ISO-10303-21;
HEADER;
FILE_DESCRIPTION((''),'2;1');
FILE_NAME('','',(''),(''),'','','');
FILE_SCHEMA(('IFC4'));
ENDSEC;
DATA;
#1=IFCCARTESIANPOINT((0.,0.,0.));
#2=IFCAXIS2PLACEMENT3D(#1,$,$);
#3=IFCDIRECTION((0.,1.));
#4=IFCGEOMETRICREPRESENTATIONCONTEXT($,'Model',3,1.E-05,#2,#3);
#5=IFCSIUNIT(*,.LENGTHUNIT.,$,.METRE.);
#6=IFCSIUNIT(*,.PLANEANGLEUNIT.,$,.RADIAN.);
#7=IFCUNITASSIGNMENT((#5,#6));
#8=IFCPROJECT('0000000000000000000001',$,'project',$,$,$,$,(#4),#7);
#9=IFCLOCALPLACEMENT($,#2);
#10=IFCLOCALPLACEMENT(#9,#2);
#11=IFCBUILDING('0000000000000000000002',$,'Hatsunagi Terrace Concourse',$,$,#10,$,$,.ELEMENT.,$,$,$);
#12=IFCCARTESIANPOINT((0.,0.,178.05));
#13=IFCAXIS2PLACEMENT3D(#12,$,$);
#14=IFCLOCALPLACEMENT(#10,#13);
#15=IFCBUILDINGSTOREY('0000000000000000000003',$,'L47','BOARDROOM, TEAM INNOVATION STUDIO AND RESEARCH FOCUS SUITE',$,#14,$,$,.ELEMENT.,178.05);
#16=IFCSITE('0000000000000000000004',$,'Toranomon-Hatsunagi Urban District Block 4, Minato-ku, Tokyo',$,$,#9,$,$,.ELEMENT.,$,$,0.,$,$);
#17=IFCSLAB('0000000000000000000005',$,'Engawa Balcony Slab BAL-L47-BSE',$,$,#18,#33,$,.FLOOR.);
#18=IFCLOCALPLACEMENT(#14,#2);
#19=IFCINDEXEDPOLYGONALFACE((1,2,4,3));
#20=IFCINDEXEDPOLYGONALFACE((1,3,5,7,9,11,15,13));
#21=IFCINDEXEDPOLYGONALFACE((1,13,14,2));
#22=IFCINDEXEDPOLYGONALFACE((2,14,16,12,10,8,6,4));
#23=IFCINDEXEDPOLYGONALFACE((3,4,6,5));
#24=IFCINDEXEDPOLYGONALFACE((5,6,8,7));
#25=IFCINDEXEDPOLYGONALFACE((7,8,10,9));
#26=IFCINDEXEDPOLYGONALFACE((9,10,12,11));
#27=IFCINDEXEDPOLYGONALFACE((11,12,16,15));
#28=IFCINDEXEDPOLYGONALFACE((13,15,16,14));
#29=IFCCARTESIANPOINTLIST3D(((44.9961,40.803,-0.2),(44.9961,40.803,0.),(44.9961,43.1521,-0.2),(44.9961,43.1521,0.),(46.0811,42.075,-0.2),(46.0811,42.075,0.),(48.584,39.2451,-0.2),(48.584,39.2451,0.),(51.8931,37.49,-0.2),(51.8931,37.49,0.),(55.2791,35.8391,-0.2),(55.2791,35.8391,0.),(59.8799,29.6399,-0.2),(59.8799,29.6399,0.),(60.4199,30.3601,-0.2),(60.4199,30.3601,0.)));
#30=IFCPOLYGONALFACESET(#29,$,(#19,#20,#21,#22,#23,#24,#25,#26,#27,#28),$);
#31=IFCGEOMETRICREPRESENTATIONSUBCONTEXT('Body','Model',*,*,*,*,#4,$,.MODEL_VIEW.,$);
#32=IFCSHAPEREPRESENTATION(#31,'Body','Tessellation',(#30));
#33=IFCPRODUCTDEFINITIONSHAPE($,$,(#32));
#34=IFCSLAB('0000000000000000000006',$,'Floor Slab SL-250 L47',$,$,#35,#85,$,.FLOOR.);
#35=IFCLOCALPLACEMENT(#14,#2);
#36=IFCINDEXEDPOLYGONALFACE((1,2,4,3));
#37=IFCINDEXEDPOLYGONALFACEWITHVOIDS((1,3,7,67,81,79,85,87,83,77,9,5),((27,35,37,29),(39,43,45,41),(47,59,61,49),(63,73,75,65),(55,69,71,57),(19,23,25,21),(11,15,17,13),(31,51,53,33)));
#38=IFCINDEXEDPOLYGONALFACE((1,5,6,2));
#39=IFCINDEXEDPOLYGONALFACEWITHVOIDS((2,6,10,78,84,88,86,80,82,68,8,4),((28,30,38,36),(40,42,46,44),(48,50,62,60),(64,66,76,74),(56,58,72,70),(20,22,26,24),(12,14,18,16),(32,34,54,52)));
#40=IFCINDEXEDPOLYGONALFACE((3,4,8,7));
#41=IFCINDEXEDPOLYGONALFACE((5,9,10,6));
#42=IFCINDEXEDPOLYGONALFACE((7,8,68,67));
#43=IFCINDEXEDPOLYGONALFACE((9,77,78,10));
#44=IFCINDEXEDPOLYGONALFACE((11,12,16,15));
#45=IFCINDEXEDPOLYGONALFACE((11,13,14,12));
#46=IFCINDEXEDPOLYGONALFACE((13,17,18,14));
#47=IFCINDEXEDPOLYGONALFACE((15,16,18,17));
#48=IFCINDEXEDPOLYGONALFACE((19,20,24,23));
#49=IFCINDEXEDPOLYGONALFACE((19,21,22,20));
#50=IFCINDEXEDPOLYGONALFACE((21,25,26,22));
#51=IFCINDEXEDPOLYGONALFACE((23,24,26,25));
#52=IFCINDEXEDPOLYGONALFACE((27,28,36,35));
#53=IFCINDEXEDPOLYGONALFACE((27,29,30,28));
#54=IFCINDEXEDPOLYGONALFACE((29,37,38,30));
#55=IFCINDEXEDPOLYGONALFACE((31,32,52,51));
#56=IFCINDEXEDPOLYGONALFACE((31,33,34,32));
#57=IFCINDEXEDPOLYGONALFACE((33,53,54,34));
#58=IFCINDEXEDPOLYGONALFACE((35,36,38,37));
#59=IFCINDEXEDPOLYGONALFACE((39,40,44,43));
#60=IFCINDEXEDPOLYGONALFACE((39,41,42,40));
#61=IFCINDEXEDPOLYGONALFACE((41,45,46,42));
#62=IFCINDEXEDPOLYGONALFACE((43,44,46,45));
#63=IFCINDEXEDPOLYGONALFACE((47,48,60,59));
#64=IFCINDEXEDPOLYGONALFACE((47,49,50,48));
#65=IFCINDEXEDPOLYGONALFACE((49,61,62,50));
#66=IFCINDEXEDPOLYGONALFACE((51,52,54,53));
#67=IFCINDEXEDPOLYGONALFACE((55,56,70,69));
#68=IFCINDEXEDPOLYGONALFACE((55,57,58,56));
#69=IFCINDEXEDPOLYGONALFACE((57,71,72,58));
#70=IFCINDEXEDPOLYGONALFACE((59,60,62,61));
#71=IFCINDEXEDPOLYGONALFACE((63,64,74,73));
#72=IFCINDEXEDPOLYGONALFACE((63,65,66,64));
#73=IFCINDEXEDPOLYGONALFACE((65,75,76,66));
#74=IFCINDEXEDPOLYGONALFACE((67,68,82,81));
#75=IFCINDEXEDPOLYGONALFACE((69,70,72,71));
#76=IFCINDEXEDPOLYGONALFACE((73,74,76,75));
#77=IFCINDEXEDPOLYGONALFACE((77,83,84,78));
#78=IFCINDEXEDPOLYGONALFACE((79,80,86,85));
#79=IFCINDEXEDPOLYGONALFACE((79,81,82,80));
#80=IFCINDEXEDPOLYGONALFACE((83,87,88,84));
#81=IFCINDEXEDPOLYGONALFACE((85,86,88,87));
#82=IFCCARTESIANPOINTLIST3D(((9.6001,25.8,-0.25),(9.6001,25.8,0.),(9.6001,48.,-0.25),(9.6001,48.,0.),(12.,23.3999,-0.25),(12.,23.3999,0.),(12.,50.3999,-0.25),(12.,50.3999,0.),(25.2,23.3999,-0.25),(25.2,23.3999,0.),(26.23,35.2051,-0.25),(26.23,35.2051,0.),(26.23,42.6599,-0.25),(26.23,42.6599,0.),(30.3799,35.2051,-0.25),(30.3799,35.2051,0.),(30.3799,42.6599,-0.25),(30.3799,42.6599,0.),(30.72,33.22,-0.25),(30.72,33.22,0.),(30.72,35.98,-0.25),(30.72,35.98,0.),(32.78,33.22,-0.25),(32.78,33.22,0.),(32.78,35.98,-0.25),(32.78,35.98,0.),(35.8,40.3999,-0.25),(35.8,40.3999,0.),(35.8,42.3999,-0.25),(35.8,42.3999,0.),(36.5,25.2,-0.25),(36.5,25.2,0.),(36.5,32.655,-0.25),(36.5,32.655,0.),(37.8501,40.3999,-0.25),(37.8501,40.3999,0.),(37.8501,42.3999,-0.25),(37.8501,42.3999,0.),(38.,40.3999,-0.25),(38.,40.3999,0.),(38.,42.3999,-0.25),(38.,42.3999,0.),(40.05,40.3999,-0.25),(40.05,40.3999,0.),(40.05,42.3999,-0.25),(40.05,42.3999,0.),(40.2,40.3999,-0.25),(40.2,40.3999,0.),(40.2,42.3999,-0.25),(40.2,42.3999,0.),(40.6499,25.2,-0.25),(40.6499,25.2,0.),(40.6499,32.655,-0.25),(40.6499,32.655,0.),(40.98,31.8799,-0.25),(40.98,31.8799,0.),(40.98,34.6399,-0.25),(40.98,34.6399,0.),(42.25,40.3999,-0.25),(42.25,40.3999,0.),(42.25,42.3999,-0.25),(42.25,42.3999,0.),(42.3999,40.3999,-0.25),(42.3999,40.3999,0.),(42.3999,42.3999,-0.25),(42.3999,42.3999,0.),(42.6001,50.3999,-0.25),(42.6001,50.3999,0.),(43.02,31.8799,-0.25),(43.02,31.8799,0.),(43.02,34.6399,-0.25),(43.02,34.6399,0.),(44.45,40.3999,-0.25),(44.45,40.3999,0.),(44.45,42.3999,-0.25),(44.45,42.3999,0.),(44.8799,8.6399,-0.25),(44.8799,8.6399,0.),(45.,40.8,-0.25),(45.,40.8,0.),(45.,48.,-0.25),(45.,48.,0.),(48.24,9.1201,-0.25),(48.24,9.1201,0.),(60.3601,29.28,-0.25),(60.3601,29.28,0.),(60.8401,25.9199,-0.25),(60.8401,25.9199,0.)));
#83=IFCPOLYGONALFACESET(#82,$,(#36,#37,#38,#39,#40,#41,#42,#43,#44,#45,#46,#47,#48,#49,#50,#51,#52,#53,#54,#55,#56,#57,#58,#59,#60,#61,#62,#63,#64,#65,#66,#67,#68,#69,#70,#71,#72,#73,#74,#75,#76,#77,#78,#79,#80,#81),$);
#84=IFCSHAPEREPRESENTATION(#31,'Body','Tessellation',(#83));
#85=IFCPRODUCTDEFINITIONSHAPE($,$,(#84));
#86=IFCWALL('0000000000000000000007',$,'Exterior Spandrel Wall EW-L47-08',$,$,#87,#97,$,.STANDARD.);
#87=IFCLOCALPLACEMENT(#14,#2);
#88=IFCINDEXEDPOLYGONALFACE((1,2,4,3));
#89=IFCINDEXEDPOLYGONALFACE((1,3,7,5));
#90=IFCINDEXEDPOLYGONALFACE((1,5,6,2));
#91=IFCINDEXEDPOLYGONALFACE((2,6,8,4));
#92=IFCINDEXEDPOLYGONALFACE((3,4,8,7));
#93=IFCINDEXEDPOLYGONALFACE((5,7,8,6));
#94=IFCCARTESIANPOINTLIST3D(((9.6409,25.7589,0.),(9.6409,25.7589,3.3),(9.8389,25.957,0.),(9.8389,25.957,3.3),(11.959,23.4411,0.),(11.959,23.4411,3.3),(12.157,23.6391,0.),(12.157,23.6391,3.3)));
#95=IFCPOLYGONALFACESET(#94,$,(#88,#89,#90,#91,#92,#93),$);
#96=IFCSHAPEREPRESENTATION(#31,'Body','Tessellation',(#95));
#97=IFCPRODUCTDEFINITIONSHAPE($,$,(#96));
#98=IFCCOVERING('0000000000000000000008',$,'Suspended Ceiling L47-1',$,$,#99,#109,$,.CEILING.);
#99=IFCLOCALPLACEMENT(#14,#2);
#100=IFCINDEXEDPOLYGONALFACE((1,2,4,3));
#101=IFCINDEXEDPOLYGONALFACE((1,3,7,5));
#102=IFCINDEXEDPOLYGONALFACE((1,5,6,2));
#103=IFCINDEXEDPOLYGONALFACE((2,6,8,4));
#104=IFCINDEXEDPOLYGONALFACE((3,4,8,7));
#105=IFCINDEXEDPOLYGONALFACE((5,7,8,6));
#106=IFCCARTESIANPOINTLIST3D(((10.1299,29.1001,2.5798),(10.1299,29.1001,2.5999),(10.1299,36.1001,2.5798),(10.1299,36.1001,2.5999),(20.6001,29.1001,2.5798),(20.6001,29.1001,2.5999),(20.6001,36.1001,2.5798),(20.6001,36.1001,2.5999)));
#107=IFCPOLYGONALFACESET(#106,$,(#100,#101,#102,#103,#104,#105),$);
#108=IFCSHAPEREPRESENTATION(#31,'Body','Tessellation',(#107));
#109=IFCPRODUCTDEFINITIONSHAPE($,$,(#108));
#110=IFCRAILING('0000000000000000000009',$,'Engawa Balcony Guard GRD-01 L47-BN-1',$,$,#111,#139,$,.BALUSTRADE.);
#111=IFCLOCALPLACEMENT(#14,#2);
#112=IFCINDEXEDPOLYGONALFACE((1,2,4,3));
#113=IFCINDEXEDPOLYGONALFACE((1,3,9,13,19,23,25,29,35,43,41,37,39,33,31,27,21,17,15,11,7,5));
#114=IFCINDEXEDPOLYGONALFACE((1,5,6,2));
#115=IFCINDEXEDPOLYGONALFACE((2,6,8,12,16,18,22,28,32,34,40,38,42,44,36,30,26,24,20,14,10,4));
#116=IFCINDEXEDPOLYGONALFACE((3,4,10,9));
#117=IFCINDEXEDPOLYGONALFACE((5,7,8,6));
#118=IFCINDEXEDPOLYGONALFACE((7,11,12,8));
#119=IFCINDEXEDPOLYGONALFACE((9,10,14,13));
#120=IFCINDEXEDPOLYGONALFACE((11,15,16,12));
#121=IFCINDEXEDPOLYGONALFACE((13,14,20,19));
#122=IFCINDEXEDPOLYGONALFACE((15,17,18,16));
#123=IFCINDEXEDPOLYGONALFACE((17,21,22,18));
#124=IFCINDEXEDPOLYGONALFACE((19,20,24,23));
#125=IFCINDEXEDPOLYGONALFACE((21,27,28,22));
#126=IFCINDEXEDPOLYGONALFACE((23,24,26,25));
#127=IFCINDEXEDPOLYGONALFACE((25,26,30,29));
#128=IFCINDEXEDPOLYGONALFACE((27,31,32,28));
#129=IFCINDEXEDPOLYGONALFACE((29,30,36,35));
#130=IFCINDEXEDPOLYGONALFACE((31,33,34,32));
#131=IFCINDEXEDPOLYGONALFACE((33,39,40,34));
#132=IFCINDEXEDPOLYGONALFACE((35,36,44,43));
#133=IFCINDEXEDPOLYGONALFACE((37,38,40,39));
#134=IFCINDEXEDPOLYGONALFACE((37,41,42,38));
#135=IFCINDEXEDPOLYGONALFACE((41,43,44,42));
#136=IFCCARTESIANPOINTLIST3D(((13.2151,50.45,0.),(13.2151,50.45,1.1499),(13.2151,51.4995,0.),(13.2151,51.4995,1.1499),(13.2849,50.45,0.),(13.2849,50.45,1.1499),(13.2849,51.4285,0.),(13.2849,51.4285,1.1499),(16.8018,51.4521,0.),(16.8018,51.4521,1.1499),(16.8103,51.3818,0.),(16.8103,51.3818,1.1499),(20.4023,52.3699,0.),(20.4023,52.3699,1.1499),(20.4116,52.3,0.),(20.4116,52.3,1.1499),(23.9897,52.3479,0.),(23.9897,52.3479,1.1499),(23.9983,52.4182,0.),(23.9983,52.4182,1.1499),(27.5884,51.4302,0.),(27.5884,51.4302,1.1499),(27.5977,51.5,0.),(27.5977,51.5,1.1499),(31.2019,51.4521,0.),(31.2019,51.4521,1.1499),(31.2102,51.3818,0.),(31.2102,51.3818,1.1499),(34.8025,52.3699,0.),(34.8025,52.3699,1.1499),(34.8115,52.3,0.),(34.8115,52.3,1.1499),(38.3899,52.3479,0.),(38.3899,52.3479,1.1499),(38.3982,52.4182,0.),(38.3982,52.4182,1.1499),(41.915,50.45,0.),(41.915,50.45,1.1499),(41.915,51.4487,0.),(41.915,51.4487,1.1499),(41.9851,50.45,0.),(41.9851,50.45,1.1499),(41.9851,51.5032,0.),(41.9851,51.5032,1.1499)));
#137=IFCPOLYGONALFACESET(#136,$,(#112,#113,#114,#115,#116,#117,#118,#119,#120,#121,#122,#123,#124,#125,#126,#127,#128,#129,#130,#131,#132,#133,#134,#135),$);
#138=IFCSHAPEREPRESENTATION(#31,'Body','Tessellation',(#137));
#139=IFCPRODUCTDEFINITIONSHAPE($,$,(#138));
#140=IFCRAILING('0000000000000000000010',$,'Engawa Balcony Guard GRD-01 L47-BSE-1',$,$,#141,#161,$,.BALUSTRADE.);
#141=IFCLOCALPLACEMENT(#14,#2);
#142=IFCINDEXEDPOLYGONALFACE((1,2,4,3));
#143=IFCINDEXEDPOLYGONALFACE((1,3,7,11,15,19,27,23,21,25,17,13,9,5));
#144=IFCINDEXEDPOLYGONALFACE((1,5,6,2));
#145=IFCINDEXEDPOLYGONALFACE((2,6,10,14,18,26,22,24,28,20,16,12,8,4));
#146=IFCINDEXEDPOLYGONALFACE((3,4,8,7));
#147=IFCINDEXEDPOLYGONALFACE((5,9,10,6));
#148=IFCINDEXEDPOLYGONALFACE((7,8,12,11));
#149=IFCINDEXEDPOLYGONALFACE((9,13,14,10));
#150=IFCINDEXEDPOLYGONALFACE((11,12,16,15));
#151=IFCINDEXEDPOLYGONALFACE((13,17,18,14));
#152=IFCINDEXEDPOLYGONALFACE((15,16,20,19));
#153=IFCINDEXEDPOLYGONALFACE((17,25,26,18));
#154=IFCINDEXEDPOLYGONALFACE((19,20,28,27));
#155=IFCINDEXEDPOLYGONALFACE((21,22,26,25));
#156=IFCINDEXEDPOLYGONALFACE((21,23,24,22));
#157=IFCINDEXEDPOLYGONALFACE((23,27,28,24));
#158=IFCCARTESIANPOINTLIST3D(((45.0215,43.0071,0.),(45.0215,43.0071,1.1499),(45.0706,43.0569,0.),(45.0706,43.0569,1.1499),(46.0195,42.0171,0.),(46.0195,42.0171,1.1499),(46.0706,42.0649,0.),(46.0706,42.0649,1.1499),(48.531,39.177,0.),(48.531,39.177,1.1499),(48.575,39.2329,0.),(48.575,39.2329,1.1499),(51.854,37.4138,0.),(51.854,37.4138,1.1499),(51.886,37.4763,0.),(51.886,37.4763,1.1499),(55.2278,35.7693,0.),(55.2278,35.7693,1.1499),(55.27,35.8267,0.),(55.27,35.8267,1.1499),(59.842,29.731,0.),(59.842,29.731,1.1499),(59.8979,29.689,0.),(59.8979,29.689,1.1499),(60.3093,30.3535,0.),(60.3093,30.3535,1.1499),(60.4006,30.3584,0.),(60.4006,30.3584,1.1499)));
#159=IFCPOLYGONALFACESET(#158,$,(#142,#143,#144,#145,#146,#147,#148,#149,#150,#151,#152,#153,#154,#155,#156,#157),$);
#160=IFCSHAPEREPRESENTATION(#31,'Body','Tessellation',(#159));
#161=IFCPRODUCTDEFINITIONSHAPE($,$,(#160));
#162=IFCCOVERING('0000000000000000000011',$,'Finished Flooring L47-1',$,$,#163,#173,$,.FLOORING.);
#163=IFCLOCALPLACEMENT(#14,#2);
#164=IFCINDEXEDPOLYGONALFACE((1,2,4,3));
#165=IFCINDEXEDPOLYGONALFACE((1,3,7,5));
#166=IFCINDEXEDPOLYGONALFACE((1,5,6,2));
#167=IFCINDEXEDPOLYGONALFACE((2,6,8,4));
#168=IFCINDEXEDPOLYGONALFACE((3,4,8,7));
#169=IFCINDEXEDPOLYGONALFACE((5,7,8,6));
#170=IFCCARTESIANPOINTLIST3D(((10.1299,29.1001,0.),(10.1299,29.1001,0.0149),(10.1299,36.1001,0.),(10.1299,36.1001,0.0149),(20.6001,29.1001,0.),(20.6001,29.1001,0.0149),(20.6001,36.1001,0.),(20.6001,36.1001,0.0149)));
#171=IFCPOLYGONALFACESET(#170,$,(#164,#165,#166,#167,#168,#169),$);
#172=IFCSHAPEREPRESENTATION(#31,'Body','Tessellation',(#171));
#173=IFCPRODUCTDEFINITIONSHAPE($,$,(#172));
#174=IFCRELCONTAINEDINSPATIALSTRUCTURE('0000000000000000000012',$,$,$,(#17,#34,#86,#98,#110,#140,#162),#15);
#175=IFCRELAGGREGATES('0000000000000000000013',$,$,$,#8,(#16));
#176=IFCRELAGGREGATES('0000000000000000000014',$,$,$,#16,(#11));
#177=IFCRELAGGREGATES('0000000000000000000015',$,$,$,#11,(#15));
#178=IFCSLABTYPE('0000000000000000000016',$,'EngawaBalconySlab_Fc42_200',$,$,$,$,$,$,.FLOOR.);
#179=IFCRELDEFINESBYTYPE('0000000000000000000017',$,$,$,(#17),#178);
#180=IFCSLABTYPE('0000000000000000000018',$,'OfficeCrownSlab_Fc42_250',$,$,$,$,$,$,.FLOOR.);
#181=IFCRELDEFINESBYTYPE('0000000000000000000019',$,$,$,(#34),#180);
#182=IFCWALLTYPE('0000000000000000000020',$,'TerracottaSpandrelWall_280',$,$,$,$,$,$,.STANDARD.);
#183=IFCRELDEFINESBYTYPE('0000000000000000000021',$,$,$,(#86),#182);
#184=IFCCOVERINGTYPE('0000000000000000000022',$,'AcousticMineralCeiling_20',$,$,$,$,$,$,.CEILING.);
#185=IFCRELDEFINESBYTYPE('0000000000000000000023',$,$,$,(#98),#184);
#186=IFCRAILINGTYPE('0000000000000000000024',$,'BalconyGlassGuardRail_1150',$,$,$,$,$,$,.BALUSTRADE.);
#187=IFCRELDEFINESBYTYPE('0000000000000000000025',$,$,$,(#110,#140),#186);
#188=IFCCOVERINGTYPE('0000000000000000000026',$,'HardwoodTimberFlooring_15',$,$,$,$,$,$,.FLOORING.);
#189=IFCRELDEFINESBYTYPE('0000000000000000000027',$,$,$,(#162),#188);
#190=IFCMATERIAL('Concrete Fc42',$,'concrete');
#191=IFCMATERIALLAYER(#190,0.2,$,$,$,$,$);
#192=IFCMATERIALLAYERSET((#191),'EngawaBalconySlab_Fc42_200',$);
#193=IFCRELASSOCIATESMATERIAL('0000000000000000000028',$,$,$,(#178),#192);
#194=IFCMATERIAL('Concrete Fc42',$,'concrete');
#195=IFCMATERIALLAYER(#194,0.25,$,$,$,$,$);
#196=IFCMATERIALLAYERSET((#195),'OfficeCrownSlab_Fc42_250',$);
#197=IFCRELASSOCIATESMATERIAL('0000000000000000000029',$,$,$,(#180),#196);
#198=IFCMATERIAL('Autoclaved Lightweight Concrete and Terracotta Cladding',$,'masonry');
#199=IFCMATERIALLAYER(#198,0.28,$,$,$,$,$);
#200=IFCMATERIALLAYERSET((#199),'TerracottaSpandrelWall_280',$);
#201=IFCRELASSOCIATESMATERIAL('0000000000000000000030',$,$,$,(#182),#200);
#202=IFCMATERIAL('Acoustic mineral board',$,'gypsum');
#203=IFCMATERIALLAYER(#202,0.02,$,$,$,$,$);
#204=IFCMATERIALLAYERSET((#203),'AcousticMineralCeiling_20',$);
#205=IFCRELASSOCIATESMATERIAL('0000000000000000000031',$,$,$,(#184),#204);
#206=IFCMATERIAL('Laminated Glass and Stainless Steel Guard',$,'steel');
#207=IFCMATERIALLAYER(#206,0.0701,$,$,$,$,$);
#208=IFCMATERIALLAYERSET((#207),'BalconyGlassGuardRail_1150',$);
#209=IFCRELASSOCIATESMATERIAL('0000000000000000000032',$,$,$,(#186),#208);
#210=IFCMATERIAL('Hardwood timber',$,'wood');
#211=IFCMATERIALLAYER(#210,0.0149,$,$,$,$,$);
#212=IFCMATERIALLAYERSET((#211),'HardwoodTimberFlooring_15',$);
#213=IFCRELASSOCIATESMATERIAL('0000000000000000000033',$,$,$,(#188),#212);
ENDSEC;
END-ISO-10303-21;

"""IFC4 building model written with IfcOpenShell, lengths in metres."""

from ifc_helpers import new_model, si_unit, direction, frame, frame_2d, origin, place, context, subcontext, project, spatial, polyline, rectangle, outline, extrude, material, layer, layer_set, type_object, element, save


model = new_model("IFC4")

# Units and contexts
model_context = context("Model", 3, precision=1e-05, world=origin(), true_north=direction((0.0, 1.0)))
body_context = subcontext(model_context, "Body", "Model", "MODEL_VIEW")
ifc_project = project(units=[si_unit("LENGTHUNIT", "METRE"), si_unit("PLANEANGLEUNIT", "RADIAN")], contexts=[model_context])

# Site, building, storey
site_placement = place(None, origin())
site = spatial("IfcSite", under=ifc_project, at=site_placement, Name="Toranomon-Hatsunagi Urban District Block 4, Minato-ku, Tokyo", CompositionType="ELEMENT", RefElevation=0.0)
building_placement = place(site_placement, origin())
building = spatial("IfcBuilding", under=site, at=building_placement, Name="Hatsunagi Terrace Concourse", CompositionType="ELEMENT")
storey_placement = place(building_placement, frame((0.0, 0.0, 178.05)))
storey = spatial("IfcBuildingStorey", under=building, at=storey_placement, Name="L47", Description="BOARDROOM, TEAM INNOVATION STUDIO AND RESEARCH FOCUS SUITE", CompositionType="ELEMENT", Elevation=178.05)

# Slabs
ifc_material_1 = material(Name="Concrete Fc42", Category="concrete")
ifc_layer_1 = layer(ifc_material_1, 0.2)
ifc_layer_set_1 = layer_set([ifc_layer_1], Name="EngawaBalconySlab_Fc42_200")
slab_type_1 = type_object("IfcSlabType", Name="EngawaBalconySlab_Fc42_200", PredefinedType="FLOOR", material=ifc_layer_set_1)
slab_1_placement = place(storey_placement, frame((0.0, 0.0, -0.2)))
element("IfcSlab", 1, at=slab_1_placement, inside=storey, type_object=slab_type_1, Name="Engawa Balcony Slab BAL-L47-BSE", PredefinedType="FLOOR", context=body_context, shape_type="SweptSolid", body=[
    extrude(outline(polyline([(46.0811, 42.075), (44.9961, 43.1521), (44.9961, 40.803), (59.8799, 29.6399), (60.4199, 30.3601), (55.2791, 35.8391), (51.8931, 37.49), (48.584, 39.2451), (46.0811, 42.075)])), origin(), (0.0, 0.0, 1.0), 0.2),
])
ifc_material_2 = material(Name="Concrete Fc42", Category="concrete")
ifc_layer_2 = layer(ifc_material_2, 0.25)
ifc_layer_set_2 = layer_set([ifc_layer_2], Name="OfficeCrownSlab_Fc42_250")
slab_type_2 = type_object("IfcSlabType", Name="OfficeCrownSlab_Fc42_250", PredefinedType="FLOOR", material=ifc_layer_set_2)
slab_2_placement = place(storey_placement, frame((0.0, 0.0, -0.25)))
element("IfcSlab", 2, at=slab_2_placement, inside=storey, type_object=slab_type_2, Name="Floor Slab SL-250 L47", PredefinedType="FLOOR", context=body_context, shape_type="SweptSolid", body=[
    extrude(outline(polyline([(45.0, 40.8), (45.0, 48.0), (42.6001, 50.3999), (12.0, 50.3999), (9.6001, 48.0), (9.6001, 25.8), (12.0, 23.3999), (25.2, 23.3999), (44.8799, 8.6399), (48.24, 9.1201), (60.8401, 25.9199), (60.3601, 29.28), (45.0, 40.8)]), holes=[polyline([(26.23, 35.2051), (30.3799, 35.2051), (30.3799, 42.6599), (26.23, 42.6599), (26.23, 35.2051)]), polyline([(36.5, 25.2), (40.6499, 25.2), (40.6499, 32.655), (36.5, 32.655), (36.5, 25.2)]), polyline([(30.72, 33.22), (32.78, 33.22), (32.78, 35.98), (30.72, 35.98), (30.72, 33.22)]), polyline([(40.98, 31.8799), (43.02, 31.8799), (43.02, 34.6399), (40.98, 34.6399), (40.98, 31.8799)]), polyline([(35.8, 40.3999), (37.8501, 40.3999), (37.8501, 42.3999), (35.8, 42.3999), (35.8, 40.3999)]), polyline([(38.0, 40.3999), (40.05, 40.3999), (40.05, 42.3999), (38.0, 42.3999), (38.0, 40.3999)]), polyline([(40.2, 40.3999), (42.25, 40.3999), (42.25, 42.3999), (40.2, 42.3999), (40.2, 40.3999)]), polyline([(42.3999, 40.3999), (44.45, 40.3999), (44.45, 42.3999), (42.3999, 42.3999), (42.3999, 40.3999)])]), origin(), (0.0, 0.0, 1.0), 0.25),
])

# Wall
ifc_material_3 = material(Name="Autoclaved Lightweight Concrete and Terracotta Cladding", Category="masonry")
ifc_layer_3 = layer(ifc_material_3, 0.28)
ifc_layer_set_3 = layer_set([ifc_layer_3], Name="TerracottaSpandrelWall_280")
wall_type = type_object("IfcWallType", Name="TerracottaSpandrelWall_280", PredefinedType="STANDARD", material=ifc_layer_set_3)
wall_placement = place(storey_placement, frame((12.0581, 23.54, 0.0), z_axis=(0.0, 0.0, 1.0), x_axis=(-0.707144, 0.70707, 0.0)))
element("IfcWall", 3, at=wall_placement, inside=storey, type_object=wall_type, Name="Exterior Spandrel Wall EW-L47-08", PredefinedType="STANDARD", context=body_context, shape_type="SweptSolid", body=[
    extrude(rectangle(XDim=3.2781, YDim=0.28, at=frame_2d((1.6392, 0.0))), origin(), (0.0, 0.0, 1.0), 3.3),
])

# Covering
ifc_material_4 = material(Name="Acoustic mineral board", Category="gypsum")
ifc_layer_4 = layer(ifc_material_4, 0.02)
ifc_layer_set_4 = layer_set([ifc_layer_4], Name="AcousticMineralCeiling_20")
covering_type_1 = type_object("IfcCoveringType", Name="AcousticMineralCeiling_20", PredefinedType="CEILING", material=ifc_layer_set_4)
covering_1_placement = place(storey_placement, frame((0.0, 0.0, 2.5798)))
element("IfcCovering", 4, at=covering_1_placement, inside=storey, type_object=covering_type_1, Name="Suspended Ceiling L47-1", PredefinedType="CEILING", context=body_context, shape_type="SweptSolid", body=[
    extrude(outline(polyline([(10.1299, 29.1001), (20.6001, 29.1001), (20.6001, 36.1001), (10.1299, 36.1001), (10.1299, 29.1001)])), origin(), (0.0, 0.0, 1.0), 0.02),
])

# Railings
ifc_material_5 = material(Name="Laminated Glass and Stainless Steel Guard", Category="steel")
ifc_layer_5 = layer(ifc_material_5, 0.0701)
ifc_layer_set_5 = layer_set([ifc_layer_5], Name="BalconyGlassGuardRail_1150")
railing_type = type_object("IfcRailingType", Name="BalconyGlassGuardRail_1150", PredefinedType="BALUSTRADE", material=ifc_layer_set_5)
railing_1_placement = place(storey_placement, origin())
element("IfcRailing", 5, at=railing_1_placement, inside=storey, type_object=railing_type, Name="Engawa Balcony Guard GRD-01 L47-BN-1", PredefinedType="BALUSTRADE", context=body_context, shape_type="SweptSolid", body=[
    extrude(outline(polyline([(13.2151, 50.45), (13.2849, 50.45), (13.2849, 51.4285), (16.8103, 51.3818), (20.4116, 52.3), (23.9897, 52.3479), (27.5884, 51.4302), (31.2102, 51.3818), (34.8115, 52.3), (38.3899, 52.3479), (41.915, 51.4487), (41.915, 50.45), (41.9851, 50.45), (41.9851, 51.5032), (38.3982, 52.4182), (34.8025, 52.3699), (31.2019, 51.4521), (27.5977, 51.5), (23.9983, 52.4182), (20.4023, 52.3699), (16.8018, 51.4521), (13.2151, 51.4995), (13.2151, 50.45)])), origin(), (0.0, 0.0, 1.0), 1.1499),
])
railing_2_placement = place(storey_placement, origin())
element("IfcRailing", 6, at=railing_2_placement, inside=storey, type_object=railing_type, Name="Engawa Balcony Guard GRD-01 L47-BSE-1", PredefinedType="BALUSTRADE", context=body_context, shape_type="SweptSolid", body=[
    extrude(outline(polyline([(45.0706, 43.0569), (45.0215, 43.0071), (46.0195, 42.0171), (48.531, 39.177), (51.854, 37.4138), (55.2278, 35.7693), (60.3093, 30.3535), (59.842, 29.731), (59.8979, 29.689), (60.4006, 30.3584), (55.27, 35.8267), (51.886, 37.4763), (48.575, 39.2329), (46.0706, 42.0649), (45.0706, 43.0569)])), origin(), (0.0, 0.0, 1.0), 1.1499),
])

# Covering
ifc_material_6 = material(Name="Hardwood timber", Category="wood")
ifc_layer_6 = layer(ifc_material_6, 0.0149)
ifc_layer_set_6 = layer_set([ifc_layer_6], Name="HardwoodTimberFlooring_15")
covering_type_2 = type_object("IfcCoveringType", Name="HardwoodTimberFlooring_15", PredefinedType="FLOORING", material=ifc_layer_set_6)
covering_2_placement = place(storey_placement, origin())
element("IfcCovering", 7, at=covering_2_placement, inside=storey, type_object=covering_type_2, Name="Finished Flooring L47-1", PredefinedType="FLOORING", context=body_context, shape_type="SweptSolid", body=[
    extrude(outline(polyline([(10.1299, 29.1001), (20.6001, 29.1001), (20.6001, 36.1001), (10.1299, 36.1001), (10.1299, 29.1001)])), origin(), (0.0, 0.0, 1.0), 0.0149),
])

save(model, "model.ifc")
